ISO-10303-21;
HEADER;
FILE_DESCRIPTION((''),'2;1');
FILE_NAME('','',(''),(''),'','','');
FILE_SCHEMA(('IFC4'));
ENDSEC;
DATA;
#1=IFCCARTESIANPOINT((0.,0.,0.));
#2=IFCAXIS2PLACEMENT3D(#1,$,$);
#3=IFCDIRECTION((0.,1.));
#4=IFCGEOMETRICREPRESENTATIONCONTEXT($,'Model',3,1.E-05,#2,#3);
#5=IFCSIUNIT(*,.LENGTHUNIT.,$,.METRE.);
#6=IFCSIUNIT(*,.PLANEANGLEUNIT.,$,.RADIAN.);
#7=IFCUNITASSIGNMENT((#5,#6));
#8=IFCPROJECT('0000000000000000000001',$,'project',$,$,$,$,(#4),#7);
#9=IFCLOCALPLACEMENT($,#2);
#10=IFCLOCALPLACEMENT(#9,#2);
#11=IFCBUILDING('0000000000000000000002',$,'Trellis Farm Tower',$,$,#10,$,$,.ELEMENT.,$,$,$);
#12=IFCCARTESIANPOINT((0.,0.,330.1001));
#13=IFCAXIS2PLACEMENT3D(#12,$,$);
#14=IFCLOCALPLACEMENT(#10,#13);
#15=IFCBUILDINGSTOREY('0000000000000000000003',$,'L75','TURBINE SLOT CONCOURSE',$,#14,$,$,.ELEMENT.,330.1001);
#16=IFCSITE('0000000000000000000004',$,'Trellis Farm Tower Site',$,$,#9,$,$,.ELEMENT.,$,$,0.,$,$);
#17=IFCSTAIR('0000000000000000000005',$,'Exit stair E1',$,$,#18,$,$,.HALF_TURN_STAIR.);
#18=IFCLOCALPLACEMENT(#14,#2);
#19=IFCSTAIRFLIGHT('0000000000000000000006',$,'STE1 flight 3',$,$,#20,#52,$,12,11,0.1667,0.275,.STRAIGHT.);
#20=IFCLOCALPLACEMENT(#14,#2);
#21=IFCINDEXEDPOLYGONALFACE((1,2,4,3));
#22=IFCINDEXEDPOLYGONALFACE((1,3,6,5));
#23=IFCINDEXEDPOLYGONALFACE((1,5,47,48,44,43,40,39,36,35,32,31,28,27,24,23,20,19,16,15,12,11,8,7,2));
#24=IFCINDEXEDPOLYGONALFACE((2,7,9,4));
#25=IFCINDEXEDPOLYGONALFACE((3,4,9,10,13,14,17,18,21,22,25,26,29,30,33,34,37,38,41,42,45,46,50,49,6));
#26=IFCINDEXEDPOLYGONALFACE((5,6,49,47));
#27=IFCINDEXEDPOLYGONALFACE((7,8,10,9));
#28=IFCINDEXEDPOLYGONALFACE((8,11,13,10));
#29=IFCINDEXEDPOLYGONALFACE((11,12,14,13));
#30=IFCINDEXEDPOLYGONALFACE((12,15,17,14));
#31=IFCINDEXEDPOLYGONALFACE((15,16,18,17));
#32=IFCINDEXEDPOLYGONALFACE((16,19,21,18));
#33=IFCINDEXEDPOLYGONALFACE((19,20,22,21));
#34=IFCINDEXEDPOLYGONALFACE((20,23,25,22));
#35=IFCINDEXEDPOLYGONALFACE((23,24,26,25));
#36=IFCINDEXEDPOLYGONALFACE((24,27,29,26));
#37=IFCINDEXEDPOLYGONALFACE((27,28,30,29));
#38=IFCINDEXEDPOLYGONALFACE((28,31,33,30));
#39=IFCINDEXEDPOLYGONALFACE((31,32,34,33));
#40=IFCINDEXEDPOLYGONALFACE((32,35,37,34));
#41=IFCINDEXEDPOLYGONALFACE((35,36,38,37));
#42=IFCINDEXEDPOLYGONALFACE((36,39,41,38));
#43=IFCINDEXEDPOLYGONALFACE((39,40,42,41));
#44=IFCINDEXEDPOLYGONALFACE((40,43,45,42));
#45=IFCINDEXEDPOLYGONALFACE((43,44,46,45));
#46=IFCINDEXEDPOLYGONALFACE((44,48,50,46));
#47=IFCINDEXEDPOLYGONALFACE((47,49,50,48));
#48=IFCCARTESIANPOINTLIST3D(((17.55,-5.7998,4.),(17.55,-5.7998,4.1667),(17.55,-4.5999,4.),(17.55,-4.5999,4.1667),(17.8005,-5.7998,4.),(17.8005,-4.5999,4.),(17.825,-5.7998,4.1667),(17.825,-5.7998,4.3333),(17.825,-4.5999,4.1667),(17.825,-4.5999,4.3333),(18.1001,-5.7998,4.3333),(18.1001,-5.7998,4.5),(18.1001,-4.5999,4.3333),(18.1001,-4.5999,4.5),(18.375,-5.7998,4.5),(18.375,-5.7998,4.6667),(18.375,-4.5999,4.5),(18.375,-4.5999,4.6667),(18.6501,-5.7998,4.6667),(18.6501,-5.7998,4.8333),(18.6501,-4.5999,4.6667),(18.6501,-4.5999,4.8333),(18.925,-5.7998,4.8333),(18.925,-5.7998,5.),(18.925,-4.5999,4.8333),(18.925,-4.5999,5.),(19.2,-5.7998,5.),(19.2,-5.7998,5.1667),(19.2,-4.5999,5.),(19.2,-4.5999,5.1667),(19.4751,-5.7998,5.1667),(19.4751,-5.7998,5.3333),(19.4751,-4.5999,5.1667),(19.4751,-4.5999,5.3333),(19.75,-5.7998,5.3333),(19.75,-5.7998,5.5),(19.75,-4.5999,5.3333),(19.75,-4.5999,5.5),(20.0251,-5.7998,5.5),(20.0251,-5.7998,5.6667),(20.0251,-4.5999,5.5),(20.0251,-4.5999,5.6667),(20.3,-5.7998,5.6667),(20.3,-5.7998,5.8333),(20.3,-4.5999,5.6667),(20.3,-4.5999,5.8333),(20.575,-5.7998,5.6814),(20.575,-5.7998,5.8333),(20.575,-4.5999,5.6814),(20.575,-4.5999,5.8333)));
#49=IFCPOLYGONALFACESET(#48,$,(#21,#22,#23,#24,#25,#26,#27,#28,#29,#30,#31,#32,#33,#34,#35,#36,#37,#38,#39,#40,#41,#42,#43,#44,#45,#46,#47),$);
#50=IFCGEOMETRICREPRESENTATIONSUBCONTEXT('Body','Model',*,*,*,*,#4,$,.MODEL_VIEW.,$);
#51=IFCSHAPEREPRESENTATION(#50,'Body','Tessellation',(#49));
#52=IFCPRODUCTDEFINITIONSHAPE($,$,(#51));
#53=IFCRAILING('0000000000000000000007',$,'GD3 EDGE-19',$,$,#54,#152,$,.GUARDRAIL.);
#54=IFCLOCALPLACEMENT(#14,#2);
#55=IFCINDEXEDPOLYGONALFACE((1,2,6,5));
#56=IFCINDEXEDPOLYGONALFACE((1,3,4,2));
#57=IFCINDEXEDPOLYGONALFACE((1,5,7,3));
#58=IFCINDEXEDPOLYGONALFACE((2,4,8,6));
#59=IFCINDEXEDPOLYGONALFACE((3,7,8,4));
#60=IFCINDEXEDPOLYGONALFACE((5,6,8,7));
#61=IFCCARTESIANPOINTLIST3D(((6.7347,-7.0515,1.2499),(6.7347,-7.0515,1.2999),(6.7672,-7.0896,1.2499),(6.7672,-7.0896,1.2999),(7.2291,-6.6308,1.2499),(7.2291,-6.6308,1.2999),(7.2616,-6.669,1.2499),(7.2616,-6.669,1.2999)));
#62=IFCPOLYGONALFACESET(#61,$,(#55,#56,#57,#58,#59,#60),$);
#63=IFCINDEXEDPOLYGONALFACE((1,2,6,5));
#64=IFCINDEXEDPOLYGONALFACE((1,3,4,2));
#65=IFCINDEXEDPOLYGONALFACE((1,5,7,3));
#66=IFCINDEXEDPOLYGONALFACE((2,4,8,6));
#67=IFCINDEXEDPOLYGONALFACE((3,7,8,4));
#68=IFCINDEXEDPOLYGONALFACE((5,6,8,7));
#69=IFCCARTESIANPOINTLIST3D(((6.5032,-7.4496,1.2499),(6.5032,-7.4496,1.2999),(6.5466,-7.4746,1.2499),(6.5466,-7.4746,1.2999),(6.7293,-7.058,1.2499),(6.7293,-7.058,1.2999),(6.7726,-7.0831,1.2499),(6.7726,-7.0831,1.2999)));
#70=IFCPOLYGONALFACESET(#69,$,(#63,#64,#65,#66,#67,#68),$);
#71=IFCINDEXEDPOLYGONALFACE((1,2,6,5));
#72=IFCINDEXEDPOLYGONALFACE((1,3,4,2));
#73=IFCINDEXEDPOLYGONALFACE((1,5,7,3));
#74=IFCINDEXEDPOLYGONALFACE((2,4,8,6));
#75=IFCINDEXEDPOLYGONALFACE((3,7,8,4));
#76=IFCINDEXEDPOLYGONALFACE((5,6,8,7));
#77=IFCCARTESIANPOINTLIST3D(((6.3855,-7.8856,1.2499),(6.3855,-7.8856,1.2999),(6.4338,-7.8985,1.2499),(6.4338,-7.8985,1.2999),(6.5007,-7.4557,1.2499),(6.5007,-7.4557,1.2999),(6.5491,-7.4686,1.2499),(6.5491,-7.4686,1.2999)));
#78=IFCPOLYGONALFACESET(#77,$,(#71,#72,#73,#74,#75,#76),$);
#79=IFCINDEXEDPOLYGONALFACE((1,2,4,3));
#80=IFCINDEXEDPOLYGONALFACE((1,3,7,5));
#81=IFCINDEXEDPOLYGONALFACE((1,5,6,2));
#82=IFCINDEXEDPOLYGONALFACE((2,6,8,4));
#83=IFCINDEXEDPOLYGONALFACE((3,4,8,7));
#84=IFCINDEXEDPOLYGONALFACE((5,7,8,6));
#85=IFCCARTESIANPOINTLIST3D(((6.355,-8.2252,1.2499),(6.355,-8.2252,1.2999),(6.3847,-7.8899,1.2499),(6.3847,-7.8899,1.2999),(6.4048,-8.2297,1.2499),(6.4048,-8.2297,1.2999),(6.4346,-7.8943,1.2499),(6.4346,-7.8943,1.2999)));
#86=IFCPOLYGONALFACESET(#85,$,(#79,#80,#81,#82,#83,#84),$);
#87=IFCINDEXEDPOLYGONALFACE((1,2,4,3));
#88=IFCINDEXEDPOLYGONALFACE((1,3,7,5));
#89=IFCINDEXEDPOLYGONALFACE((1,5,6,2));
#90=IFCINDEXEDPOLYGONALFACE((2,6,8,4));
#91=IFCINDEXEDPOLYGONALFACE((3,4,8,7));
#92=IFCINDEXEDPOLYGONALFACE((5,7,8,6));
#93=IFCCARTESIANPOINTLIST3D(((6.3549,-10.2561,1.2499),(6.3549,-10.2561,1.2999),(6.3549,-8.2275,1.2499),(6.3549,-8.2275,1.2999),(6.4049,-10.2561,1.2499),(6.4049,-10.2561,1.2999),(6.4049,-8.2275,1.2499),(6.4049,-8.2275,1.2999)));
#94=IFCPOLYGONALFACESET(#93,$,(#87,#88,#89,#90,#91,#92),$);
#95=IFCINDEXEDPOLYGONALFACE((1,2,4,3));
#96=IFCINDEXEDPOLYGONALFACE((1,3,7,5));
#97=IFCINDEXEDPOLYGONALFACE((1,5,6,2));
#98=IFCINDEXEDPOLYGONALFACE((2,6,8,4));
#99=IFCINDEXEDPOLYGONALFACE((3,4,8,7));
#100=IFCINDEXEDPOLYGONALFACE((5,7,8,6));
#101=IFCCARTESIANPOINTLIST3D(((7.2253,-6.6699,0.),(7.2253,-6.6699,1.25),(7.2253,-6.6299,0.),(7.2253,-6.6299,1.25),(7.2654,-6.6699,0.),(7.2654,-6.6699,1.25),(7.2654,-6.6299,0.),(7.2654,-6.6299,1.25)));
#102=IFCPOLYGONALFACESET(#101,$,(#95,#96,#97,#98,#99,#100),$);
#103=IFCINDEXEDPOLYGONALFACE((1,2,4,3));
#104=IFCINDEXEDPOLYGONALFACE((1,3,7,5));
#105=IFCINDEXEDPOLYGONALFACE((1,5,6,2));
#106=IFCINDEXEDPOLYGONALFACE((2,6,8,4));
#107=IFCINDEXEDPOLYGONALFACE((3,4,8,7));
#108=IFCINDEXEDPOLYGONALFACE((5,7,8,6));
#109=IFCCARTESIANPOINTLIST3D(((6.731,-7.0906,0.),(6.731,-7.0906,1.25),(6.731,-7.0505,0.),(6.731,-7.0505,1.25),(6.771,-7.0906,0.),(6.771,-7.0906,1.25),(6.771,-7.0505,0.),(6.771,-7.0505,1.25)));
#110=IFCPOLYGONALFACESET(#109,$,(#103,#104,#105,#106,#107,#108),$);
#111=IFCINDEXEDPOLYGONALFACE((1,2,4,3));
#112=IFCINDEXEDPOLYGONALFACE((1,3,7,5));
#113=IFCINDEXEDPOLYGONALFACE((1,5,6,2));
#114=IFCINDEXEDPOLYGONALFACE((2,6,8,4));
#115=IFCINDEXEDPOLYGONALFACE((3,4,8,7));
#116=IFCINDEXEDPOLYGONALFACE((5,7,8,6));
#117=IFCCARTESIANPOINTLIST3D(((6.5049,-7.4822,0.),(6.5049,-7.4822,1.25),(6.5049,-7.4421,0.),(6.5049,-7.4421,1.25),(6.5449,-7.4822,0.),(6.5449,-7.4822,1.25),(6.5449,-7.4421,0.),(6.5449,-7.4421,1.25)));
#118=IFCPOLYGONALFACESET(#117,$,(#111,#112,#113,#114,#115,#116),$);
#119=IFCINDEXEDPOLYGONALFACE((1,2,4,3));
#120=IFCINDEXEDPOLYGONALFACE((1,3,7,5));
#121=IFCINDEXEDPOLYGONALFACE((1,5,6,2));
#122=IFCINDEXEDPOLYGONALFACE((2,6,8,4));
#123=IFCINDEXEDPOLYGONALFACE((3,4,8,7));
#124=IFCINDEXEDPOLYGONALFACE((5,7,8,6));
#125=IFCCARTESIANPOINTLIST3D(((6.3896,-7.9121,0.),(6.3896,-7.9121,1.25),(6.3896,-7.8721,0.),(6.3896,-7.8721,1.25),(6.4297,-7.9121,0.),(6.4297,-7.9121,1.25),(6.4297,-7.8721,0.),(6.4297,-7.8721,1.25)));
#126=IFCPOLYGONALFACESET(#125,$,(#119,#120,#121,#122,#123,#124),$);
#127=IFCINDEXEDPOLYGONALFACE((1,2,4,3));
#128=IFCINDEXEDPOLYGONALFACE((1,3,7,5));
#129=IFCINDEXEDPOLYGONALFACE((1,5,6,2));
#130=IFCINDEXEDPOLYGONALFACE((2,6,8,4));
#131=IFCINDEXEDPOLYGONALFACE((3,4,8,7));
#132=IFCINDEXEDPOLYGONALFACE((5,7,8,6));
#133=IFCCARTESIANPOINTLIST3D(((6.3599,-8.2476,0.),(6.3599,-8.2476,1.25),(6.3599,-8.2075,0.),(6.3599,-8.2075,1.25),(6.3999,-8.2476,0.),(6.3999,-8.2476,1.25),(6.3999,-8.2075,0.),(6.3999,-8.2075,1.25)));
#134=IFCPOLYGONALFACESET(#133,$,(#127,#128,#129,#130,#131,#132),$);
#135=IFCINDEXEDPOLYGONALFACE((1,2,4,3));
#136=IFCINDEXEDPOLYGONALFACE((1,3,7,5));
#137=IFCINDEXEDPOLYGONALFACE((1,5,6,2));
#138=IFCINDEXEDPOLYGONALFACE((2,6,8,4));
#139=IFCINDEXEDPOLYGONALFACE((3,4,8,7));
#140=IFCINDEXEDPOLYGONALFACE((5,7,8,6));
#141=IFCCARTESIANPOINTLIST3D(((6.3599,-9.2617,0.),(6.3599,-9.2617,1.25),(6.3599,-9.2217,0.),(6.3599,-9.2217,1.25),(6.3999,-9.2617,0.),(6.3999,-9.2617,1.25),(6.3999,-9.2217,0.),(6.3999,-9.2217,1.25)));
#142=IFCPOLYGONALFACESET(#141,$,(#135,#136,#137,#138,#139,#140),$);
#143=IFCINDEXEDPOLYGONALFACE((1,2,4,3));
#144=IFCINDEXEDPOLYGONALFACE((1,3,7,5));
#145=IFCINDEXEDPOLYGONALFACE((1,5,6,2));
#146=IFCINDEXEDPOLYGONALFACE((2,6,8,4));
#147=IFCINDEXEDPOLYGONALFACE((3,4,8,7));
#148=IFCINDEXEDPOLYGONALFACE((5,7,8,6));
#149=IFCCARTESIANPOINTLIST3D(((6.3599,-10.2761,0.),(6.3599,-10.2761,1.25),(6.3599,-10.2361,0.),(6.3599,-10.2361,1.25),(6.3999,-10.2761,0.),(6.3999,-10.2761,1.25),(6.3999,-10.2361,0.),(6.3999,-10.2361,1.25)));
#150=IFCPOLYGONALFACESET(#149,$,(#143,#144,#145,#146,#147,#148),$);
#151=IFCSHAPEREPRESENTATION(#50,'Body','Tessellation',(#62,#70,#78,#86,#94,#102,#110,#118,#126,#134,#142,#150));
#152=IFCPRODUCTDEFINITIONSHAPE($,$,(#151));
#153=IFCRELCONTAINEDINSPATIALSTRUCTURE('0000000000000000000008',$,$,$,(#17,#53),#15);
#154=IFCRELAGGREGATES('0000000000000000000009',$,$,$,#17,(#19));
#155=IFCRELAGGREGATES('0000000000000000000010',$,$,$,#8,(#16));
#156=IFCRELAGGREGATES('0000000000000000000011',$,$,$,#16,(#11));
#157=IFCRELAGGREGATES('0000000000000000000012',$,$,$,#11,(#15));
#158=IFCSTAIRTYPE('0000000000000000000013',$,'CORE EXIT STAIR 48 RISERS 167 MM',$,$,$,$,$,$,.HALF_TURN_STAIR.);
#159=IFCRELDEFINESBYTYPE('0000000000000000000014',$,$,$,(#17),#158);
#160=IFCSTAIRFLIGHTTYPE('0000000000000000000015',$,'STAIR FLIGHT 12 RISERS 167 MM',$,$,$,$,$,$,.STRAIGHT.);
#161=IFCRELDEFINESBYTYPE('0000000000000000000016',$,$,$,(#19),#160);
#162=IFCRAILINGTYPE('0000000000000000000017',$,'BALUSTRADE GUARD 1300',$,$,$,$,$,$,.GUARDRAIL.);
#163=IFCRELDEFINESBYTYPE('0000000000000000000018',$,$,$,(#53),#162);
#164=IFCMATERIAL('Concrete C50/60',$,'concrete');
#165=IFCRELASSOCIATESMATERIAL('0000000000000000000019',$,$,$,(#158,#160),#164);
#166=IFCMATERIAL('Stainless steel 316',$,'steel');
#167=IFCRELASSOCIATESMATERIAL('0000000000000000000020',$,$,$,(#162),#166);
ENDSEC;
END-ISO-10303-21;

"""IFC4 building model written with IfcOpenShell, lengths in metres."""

from ifc_helpers import new_model, si_unit, direction, frame, origin, origin_2d, place, context, subcontext, project, spatial, polyline, rectangle, outline, extrude, source, transform, mapped, material, type_object, element, aggregate, save


model = new_model("IFC4")

# Units and contexts
model_context = context("Model", 3, precision=1e-05, world=origin(), true_north=direction((0.0, 1.0)))
body_context = subcontext(model_context, "Body", "Model", "MODEL_VIEW")
ifc_project = project(units=[si_unit("LENGTHUNIT", "METRE"), si_unit("PLANEANGLEUNIT", "RADIAN")], contexts=[model_context])

# Site, building, storey
site_placement = place(None, origin())
site = spatial("IfcSite", under=ifc_project, at=site_placement, Name="Trellis Farm Tower Site", CompositionType="ELEMENT", RefElevation=0.0)
building_placement = place(site_placement, origin())
building = spatial("IfcBuilding", under=site, at=building_placement, Name="Trellis Farm Tower", CompositionType="ELEMENT")
storey_placement = place(building_placement, frame((0.0, 0.0, 330.1001)))
storey = spatial("IfcBuildingStorey", under=building, at=storey_placement, Name="L75", Description="TURBINE SLOT CONCOURSE", CompositionType="ELEMENT", Elevation=330.1001)

# Shared definitions
ifc_material_1 = material(Name="Concrete C50/60", Category="concrete")

# Stair, stair flight
stair_type = type_object("IfcStairType", Name="CORE EXIT STAIR 48 RISERS 167 MM", PredefinedType="HALF_TURN_STAIR", material=ifc_material_1)
stair_placement = place(storey_placement, origin())
stair = element("IfcStair", 1, at=stair_placement, inside=storey, type_object=stair_type, Name="Exit stair E1", PredefinedType="HALF_TURN_STAIR")
stair_flight_type = type_object("IfcStairFlightType", Name="STAIR FLIGHT 12 RISERS 167 MM", PredefinedType="STRAIGHT", material=ifc_material_1)
shared_shape_1 = source(origin(), body_context, "Body", "SweptSolid", [
    extrude(outline(polyline([(0.0, 0.0), (0.0, 0.1667), (0.2749, 0.1667), (0.2749, 0.3333), (0.55, 0.3333), (0.55, 0.5), (0.825, 0.5), (0.825, 0.6667), (1.1001, 0.6667), (1.1001, 0.8333), (1.375, 0.8333), (1.375, 1.0), (1.6499, 1.0), (1.6499, 1.1667), (1.925, 1.1667), (1.925, 1.3333), (2.2, 1.3333), (2.2, 1.5), (2.4751, 1.5), (2.4751, 1.6667), (2.75, 1.6667), (2.75, 1.8333), (3.0249, 1.8333), (3.0249, 2.0), (3.0249, 1.6814), (0.2505, 0.0), (0.0, 0.0)])), frame((0.0, 0.6001, 0.0), z_axis=(0.0, -1.0, 0.0), x_axis=(1.0, 0.0, 0.0)), (0.0, 0.0, 1.0), 1.2),
])
stair_flight_1_placement = place(storey_placement, frame((17.55, -5.2, 4.0), z_axis=(0.0, 0.0, 1.0), x_axis=(1.0, 0.0, 0.0)))
stair_flight_1 = element("IfcStairFlight", 2, at=stair_flight_1_placement, type_object=stair_flight_type, Name="STE1 flight 3", NumberOfRisers=12, NumberOfTreads=11, PredefinedType="STRAIGHT", RiserHeight=0.1667, TreadLength=0.275, context=body_context, shape_type="MappedRepresentation", body=[
    mapped(shared_shape_1, transform((0.0, 0.0, 0.0))),
])
aggregate(stair, [stair_flight_1])

# Railing
ifc_material_2 = material(Name="Stainless steel 316", Category="steel")
railing_type_1 = type_object("IfcRailingType", Name="BALUSTRADE GUARD 1300", PredefinedType="GUARDRAIL", material=ifc_material_2)
railing_placement = place(storey_placement, frame((7.2454, -6.6499, 0.0)))
element("IfcRailing", 3, at=railing_placement, inside=storey, type_object=railing_type_1, Name="GD3 EDGE-19", PredefinedType="GUARDRAIL", context=body_context, shape_type="SweptSolid", body=[
    extrude(rectangle(XDim=0.05, YDim=0.05, at=origin_2d()), frame((0.0, 0.0, 1.2749), z_axis=(-0.761614, -0.64803, 0.0), x_axis=(0.64803, -0.761614, 0.0)), (0.0, 0.0, 1.0), 0.6492),
    extrude(rectangle(XDim=0.05, YDim=0.05, at=origin_2d()), frame((-0.4944, -0.4207, 1.2749), z_axis=(-0.499972, -0.866042, 0.0), x_axis=(0.866042, -0.499972, 0.0)), (0.0, 0.0, 1.0), 0.4521),
    extrude(rectangle(XDim=0.05, YDim=0.05, at=origin_2d()), frame((-0.7205, -0.8123, 1.2749), z_axis=(-0.258891, -0.965906, 0.0), x_axis=(0.965906, -0.258891, 0.0)), (0.0, 0.0, 1.0), 0.4451),
    extrude(rectangle(XDim=0.05, YDim=0.05, at=origin_2d()), frame((-0.8357, -1.2422, 1.2749), z_axis=(-0.088444, -0.996081, 0.0), x_axis=(0.996081, -0.088444, 0.0)), (0.0, 0.0, 1.0), 0.3367),
    extrude(rectangle(XDim=0.05, YDim=0.05, at=origin_2d()), frame((-0.8655, -1.5776, 1.2749), z_axis=(0.0, -1.0, 0.0), x_axis=(1.0, 0.0, 0.0)), (0.0, 0.0, 1.0), 2.0286),
    extrude(rectangle(XDim=0.04, YDim=0.04, at=origin_2d()), origin(), (0.0, 0.0, 1.0), 1.25),
    extrude(rectangle(XDim=0.04, YDim=0.04, at=origin_2d()), frame((-0.4944, -0.4207, 0.0)), (0.0, 0.0, 1.0), 1.25),
    extrude(rectangle(XDim=0.04, YDim=0.04, at=origin_2d()), frame((-0.7205, -0.8123, 0.0)), (0.0, 0.0, 1.0), 1.25),
    extrude(rectangle(XDim=0.04, YDim=0.04, at=origin_2d()), frame((-0.8357, -1.2422, 0.0)), (0.0, 0.0, 1.0), 1.25),
    extrude(rectangle(XDim=0.04, YDim=0.04, at=origin_2d()), frame((-0.8655, -1.5776, 0.0)), (0.0, 0.0, 1.0), 1.25),
    extrude(rectangle(XDim=0.04, YDim=0.04, at=origin_2d()), frame((-0.8655, -2.5918, 0.0)), (0.0, 0.0, 1.0), 1.25),
    extrude(rectangle(XDim=0.04, YDim=0.04, at=origin_2d()), frame((-0.8655, -3.6062, 0.0)), (0.0, 0.0, 1.0), 1.25),
])

save(model, "model.ifc")
